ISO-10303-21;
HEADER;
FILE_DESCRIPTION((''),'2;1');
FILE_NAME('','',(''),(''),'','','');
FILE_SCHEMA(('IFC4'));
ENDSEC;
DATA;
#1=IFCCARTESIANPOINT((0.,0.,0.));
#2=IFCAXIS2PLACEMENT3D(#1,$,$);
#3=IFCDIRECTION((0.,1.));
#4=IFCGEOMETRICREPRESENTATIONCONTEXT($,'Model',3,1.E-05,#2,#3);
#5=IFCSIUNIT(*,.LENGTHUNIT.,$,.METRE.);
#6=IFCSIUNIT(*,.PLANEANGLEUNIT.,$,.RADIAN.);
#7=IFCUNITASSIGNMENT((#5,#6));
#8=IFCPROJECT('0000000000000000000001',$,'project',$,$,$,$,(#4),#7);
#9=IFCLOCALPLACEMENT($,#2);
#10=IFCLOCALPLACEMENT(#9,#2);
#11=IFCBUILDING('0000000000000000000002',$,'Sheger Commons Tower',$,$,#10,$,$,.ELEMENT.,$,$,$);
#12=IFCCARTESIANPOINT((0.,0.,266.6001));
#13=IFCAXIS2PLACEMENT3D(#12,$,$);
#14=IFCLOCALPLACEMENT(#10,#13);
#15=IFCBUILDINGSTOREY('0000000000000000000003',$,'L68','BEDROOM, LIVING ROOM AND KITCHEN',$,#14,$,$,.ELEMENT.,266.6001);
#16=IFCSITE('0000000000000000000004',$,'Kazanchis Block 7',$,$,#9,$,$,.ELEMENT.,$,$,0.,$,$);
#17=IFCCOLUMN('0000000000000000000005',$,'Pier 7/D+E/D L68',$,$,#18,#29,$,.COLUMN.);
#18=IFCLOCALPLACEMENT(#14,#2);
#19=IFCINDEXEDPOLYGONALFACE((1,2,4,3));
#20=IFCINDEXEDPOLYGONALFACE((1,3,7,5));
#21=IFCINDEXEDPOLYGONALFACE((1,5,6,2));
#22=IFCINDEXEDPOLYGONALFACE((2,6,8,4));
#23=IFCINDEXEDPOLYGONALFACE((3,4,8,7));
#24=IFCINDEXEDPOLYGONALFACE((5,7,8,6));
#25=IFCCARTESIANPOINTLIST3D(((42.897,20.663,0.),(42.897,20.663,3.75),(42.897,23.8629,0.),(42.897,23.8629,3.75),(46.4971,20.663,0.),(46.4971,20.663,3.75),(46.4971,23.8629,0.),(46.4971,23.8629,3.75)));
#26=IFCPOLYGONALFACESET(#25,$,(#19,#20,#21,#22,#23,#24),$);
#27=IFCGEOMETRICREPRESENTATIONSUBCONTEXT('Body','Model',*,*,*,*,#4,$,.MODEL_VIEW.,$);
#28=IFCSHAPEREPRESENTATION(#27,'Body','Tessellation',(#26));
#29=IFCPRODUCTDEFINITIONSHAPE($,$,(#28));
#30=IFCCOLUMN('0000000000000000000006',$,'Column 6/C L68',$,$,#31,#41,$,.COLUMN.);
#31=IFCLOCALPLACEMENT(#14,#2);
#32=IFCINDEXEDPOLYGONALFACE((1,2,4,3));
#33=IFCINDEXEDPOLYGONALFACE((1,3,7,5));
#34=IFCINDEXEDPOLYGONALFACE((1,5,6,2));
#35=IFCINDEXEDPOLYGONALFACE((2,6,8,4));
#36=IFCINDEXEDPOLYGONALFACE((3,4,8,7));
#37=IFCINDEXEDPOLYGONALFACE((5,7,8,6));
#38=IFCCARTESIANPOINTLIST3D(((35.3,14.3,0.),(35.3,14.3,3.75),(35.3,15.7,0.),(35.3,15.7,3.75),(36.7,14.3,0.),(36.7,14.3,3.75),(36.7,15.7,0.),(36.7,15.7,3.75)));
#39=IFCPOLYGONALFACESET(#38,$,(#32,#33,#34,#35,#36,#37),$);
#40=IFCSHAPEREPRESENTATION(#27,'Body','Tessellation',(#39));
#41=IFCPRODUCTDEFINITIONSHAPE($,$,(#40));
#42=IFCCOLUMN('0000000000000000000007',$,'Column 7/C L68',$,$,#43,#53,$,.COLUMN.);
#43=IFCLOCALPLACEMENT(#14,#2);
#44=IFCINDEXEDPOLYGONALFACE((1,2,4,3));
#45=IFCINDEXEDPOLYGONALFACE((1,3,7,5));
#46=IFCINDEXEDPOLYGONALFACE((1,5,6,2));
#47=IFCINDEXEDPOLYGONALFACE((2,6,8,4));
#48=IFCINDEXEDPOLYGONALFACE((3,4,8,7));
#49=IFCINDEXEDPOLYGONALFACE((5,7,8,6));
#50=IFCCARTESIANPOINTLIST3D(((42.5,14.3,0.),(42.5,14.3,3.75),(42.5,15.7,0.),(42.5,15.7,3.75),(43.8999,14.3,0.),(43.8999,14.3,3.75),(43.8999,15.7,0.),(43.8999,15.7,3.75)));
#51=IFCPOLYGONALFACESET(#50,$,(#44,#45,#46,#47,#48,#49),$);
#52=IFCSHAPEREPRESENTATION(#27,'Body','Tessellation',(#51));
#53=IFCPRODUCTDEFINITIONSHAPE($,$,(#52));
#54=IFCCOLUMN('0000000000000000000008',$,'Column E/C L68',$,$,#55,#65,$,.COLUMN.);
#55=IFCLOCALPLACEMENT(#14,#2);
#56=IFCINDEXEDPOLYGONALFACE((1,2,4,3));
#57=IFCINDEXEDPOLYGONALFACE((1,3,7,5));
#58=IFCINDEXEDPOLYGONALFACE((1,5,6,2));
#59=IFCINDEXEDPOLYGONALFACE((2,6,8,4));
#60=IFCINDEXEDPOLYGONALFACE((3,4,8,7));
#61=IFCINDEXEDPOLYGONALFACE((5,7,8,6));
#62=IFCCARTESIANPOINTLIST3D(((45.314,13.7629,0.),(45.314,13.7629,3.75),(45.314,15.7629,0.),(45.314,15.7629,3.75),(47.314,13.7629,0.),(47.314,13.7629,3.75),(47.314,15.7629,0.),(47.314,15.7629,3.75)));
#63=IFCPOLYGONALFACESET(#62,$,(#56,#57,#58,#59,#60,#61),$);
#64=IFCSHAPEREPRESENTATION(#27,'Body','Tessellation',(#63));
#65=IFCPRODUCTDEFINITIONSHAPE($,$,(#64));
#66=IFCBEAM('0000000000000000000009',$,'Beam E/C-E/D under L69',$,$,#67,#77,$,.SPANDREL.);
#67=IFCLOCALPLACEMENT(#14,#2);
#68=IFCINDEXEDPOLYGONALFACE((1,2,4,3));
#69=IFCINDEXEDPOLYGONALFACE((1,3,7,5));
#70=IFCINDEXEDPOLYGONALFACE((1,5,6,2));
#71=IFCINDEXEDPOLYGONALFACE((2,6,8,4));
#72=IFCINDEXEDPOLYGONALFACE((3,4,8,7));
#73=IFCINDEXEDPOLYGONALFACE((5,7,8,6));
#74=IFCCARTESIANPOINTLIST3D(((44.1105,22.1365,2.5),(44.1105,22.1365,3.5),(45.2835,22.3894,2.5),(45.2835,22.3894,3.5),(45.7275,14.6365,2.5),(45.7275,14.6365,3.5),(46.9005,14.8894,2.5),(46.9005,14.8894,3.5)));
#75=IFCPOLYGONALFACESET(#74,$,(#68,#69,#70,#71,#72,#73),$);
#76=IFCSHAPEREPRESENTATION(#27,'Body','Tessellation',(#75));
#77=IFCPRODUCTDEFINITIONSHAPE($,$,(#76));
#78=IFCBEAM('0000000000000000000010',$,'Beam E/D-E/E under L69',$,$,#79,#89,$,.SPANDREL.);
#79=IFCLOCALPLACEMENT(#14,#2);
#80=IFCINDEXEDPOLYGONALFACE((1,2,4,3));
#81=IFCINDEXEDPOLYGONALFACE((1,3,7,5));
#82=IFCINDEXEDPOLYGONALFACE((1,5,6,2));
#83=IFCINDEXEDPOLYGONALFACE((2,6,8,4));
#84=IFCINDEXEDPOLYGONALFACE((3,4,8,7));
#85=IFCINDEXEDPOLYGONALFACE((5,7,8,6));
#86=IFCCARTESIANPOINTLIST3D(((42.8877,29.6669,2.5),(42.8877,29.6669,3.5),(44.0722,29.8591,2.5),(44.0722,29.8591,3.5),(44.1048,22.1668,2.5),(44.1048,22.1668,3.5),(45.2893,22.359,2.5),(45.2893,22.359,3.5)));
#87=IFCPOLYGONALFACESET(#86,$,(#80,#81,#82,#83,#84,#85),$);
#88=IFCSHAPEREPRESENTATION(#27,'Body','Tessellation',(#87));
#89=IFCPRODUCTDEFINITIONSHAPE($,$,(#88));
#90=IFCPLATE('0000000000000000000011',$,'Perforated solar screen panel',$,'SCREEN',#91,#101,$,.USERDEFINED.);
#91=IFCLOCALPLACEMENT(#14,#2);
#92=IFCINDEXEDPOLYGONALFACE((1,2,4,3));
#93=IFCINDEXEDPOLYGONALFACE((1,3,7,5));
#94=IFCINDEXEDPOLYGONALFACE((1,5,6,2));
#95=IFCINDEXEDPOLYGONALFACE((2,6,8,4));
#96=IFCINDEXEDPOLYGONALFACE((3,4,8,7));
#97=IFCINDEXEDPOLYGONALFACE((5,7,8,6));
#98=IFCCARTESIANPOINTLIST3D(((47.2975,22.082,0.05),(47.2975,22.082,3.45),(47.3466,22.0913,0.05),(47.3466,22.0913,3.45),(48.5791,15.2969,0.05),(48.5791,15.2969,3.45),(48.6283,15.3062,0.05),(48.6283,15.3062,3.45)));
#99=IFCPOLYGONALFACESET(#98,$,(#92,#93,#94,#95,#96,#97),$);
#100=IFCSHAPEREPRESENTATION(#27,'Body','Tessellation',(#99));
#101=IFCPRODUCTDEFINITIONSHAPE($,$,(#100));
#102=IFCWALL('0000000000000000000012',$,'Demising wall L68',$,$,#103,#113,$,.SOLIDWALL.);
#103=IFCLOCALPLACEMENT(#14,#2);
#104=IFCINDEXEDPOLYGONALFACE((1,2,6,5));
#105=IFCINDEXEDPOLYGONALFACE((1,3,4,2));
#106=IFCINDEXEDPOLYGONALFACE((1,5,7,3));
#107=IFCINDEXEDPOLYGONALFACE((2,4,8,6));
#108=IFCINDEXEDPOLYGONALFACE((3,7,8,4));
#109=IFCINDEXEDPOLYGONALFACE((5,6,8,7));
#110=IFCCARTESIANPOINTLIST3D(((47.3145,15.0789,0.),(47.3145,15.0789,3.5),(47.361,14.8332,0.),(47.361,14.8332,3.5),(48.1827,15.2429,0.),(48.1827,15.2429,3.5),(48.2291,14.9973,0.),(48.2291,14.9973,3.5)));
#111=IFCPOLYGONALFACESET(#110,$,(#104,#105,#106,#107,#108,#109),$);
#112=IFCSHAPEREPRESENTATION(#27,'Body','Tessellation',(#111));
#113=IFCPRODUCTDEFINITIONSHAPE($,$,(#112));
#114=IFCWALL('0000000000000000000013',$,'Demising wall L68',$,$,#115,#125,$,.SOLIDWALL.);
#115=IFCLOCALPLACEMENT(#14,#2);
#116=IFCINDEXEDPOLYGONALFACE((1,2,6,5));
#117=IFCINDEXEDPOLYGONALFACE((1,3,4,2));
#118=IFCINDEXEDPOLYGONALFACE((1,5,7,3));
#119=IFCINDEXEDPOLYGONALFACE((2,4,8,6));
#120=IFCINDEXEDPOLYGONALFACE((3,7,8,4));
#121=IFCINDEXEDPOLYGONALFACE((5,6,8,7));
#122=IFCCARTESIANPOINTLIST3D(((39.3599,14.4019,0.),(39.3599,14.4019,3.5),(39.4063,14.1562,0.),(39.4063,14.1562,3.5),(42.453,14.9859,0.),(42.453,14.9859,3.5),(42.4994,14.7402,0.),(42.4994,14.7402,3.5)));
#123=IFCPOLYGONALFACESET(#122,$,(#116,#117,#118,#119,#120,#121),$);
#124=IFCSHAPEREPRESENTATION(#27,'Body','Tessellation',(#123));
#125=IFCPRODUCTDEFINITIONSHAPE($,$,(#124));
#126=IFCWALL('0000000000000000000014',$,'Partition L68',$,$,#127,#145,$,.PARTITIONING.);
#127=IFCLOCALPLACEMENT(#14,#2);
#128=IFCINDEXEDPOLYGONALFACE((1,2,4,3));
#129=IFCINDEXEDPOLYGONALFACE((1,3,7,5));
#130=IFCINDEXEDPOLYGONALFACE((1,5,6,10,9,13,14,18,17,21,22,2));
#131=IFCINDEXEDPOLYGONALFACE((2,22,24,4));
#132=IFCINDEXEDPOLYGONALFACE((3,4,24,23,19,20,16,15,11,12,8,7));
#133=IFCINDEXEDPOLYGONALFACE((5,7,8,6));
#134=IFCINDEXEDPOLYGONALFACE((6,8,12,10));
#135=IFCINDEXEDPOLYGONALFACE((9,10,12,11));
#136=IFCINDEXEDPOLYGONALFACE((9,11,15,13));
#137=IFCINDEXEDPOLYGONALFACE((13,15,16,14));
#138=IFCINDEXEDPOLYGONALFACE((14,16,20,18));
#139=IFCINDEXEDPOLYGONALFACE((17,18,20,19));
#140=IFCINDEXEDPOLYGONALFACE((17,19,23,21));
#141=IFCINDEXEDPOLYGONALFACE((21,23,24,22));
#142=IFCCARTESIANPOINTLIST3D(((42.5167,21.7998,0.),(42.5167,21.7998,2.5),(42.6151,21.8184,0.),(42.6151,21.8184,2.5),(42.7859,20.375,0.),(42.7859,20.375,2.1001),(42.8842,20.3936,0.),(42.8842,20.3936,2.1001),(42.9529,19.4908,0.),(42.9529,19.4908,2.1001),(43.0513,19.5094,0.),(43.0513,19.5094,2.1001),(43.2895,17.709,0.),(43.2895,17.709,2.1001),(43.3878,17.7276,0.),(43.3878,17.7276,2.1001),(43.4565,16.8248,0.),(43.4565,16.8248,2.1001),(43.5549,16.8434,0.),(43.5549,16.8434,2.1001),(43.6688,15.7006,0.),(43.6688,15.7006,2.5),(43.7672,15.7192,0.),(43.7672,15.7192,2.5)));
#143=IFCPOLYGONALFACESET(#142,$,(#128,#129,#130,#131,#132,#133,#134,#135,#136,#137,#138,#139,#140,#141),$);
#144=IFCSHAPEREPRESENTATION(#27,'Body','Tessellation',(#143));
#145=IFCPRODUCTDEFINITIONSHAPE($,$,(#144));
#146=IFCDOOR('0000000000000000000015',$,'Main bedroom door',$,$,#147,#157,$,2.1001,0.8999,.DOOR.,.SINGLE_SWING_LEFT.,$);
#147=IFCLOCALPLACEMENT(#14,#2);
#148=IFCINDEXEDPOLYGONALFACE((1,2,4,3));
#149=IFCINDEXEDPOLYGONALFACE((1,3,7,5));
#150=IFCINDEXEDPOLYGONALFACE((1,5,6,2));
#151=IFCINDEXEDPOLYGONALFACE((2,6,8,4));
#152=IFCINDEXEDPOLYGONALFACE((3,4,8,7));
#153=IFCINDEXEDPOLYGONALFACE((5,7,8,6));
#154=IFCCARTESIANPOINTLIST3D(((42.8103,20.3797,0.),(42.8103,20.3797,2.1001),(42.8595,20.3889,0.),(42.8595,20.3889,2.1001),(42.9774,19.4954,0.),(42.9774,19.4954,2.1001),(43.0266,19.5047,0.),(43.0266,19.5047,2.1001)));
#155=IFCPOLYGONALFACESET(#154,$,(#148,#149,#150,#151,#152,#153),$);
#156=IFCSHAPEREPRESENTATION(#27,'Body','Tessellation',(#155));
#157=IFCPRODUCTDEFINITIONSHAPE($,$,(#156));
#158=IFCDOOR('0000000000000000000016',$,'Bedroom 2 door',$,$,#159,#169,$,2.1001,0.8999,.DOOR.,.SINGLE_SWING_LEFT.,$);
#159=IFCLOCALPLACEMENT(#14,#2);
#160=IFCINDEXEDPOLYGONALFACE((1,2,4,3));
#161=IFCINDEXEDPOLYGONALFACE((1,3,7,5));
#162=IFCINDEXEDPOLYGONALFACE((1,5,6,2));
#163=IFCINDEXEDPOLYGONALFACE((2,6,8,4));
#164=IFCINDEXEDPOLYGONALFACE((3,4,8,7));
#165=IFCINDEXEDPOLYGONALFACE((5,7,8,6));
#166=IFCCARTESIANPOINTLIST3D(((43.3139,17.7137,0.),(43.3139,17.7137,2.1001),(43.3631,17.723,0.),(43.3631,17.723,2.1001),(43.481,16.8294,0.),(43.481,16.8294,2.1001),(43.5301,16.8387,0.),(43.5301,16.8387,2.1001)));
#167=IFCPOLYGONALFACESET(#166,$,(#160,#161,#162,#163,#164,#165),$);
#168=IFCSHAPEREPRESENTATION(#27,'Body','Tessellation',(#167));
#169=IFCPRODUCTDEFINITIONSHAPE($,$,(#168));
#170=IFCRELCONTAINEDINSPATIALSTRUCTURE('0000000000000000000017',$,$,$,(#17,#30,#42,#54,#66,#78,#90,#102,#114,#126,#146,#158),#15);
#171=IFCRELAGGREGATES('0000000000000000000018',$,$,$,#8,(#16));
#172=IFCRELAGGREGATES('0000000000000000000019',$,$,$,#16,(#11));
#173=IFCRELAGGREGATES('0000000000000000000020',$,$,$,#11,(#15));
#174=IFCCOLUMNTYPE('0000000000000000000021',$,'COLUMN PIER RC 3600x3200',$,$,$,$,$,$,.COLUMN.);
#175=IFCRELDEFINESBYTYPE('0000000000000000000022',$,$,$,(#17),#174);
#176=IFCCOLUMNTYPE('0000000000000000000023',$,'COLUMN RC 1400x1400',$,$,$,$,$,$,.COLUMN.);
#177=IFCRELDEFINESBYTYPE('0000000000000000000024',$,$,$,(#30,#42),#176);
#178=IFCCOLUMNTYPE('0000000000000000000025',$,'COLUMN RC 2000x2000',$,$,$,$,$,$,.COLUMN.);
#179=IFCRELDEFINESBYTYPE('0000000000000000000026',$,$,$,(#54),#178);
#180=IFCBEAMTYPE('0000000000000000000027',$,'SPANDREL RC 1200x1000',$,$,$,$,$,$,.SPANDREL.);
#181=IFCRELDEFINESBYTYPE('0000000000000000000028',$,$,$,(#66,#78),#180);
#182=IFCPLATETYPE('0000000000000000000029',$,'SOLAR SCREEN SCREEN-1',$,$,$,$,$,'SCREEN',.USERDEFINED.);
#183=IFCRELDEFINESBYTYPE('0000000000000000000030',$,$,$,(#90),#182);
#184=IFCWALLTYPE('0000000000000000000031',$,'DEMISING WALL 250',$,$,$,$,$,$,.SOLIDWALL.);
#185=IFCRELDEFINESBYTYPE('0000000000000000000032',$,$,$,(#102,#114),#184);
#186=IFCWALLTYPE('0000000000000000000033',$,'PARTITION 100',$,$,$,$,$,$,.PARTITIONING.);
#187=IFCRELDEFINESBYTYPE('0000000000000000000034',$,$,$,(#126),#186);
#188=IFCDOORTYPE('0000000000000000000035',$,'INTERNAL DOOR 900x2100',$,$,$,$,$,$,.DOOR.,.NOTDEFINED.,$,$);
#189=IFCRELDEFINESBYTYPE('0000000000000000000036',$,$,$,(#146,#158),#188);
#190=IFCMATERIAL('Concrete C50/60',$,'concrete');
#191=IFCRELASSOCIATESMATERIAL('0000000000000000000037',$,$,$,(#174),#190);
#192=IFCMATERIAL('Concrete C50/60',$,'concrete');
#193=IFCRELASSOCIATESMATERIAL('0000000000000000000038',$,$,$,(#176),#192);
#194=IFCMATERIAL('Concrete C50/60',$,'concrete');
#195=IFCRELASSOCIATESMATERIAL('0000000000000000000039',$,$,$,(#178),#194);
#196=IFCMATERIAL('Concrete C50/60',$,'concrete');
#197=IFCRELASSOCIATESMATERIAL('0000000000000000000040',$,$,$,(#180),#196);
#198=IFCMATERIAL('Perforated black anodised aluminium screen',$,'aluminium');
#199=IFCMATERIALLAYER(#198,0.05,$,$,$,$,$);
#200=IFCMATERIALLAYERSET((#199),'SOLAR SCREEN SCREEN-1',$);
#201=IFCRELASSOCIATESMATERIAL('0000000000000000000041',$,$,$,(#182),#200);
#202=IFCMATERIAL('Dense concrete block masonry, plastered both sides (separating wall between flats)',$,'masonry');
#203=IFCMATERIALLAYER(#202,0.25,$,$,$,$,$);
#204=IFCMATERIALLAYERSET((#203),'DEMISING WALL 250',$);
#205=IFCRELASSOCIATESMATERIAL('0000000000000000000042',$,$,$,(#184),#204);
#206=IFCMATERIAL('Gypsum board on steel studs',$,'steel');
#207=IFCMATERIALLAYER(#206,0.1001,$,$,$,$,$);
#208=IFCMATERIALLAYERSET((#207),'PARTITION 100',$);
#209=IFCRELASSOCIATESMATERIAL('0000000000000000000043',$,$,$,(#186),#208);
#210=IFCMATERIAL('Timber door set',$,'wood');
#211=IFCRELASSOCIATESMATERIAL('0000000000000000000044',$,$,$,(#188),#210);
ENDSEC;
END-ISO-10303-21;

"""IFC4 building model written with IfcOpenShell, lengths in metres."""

from ifc_helpers import new_model, si_unit, direction, frame, frame_2d, origin, origin_2d, place, context, subcontext, project, spatial, rectangle, extrude, material, layer, layer_set, material_profile, profile_set, type_object, element, fill, save


model = new_model("IFC4")

# Units and contexts
model_context = context("Model", 3, precision=1e-05, world=origin(), true_north=direction((0.0, 1.0)))
body_context = subcontext(model_context, "Body", "Model", "MODEL_VIEW")
ifc_project = project(units=[si_unit("LENGTHUNIT", "METRE"), si_unit("PLANEANGLEUNIT", "RADIAN")], contexts=[model_context])

# Site, building, storey
site_placement = place(None, origin())
site = spatial("IfcSite", under=ifc_project, at=site_placement, Name="Kazanchis Block 7", CompositionType="ELEMENT", RefElevation=0.0)
building_placement = place(site_placement, origin())
building = spatial("IfcBuilding", under=site, at=building_placement, Name="Sheger Commons Tower", CompositionType="ELEMENT")
storey_placement = place(building_placement, frame((0.0, 0.0, 266.6001)))
storey = spatial("IfcBuildingStorey", under=building, at=storey_placement, Name="L68", Description="BEDROOM, LIVING ROOM AND KITCHEN", CompositionType="ELEMENT", Elevation=266.6001)

# Columns
ifc_material_1 = material(Name="Concrete C50/60", Category="concrete")
ifc_material_profile_1 = material_profile(ifc_material_1, rectangle(XDim=3.6001, YDim=3.2, at=origin_2d()), Name="RC 3600x3200")
ifc_profile_set_1 = profile_set([ifc_material_profile_1], Name="Concrete C50/60")
column_type_1 = type_object("IfcColumnType", Name="COLUMN PIER RC 3600x3200", PredefinedType="COLUMN", material=ifc_profile_set_1)
column_1_placement = place(storey_placement, frame((44.697, 22.2629, 0.0), z_axis=(0.0, 0.0, 1.0), x_axis=(1.0, 0.0, 0.0)))
element("IfcColumn", 1, at=column_1_placement, inside=storey, type_object=column_type_1, Name="Pier 7/D+E/D L68", PredefinedType="COLUMN", context=body_context, shape_type="SweptSolid", body=[
    extrude(rectangle(XDim=3.6001, YDim=3.2, at=origin_2d()), origin(), (0.0, 0.0, 1.0), 3.75),
])
ifc_material_2 = material(Name="Concrete C50/60", Category="concrete")
ifc_material_profile_2 = material_profile(ifc_material_2, rectangle(XDim=1.3999, YDim=1.3999, at=origin_2d()), Name="RC 1400x1400")
ifc_profile_set_2 = profile_set([ifc_material_profile_2], Name="Concrete C50/60")
column_type_2 = type_object("IfcColumnType", Name="COLUMN RC 1400x1400", PredefinedType="COLUMN", material=ifc_profile_set_2)
for number, where, z_axis, x_axis, name in (
    (2, (36.0, 15.0, 0.0), (0.0, 0.0, 1.0), (1.0, 0.0, 0.0), "Column 6/C L68"),
    (3, (43.2, 15.0, 0.0), (0.0, 0.0, 1.0), (1.0, 0.0, 0.0), "Column 7/C L68"),
):
    element("IfcColumn", number, at=place(storey_placement, frame(where, z_axis=z_axis, x_axis=x_axis)), inside=storey, type_object=column_type_2, Name=name, PredefinedType="COLUMN", context=body_context, shape_type="SweptSolid", body=[
        extrude(rectangle(XDim=1.3999, YDim=1.3999, at=origin_2d()), origin(), (0.0, 0.0, 1.0), 3.75),
    ])
ifc_material_3 = material(Name="Concrete C50/60", Category="concrete")
ifc_material_profile_3 = material_profile(ifc_material_3, rectangle(XDim=2.0, YDim=2.0, at=origin_2d()), Name="RC 2000x2000")
ifc_profile_set_3 = profile_set([ifc_material_profile_3], Name="Concrete C50/60")
column_type_3 = type_object("IfcColumnType", Name="COLUMN RC 2000x2000", PredefinedType="COLUMN", material=ifc_profile_set_3)
column_2_placement = place(storey_placement, frame((46.314, 14.7629, 0.0), z_axis=(0.0, 0.0, 1.0), x_axis=(1.0, 0.0, 0.0)))
element("IfcColumn", 4, at=column_2_placement, inside=storey, type_object=column_type_3, Name="Column E/C L68", PredefinedType="COLUMN", context=body_context, shape_type="SweptSolid", body=[
    extrude(rectangle(XDim=2.0, YDim=2.0, at=origin_2d()), origin(), (0.0, 0.0, 1.0), 3.75),
])

# Beams
ifc_material_4 = material(Name="Concrete C50/60", Category="concrete")
ifc_material_profile_4 = material_profile(ifc_material_4, rectangle(XDim=1.2, YDim=1.0, at=origin_2d()), Name="RC 1200x1000")
ifc_profile_set_4 = profile_set([ifc_material_profile_4], Name="Concrete C50/60")
beam_type = type_object("IfcBeamType", Name="SPANDREL RC 1200x1000", PredefinedType="SPANDREL", material=ifc_profile_set_4)
beam_1_placement = place(storey_placement, frame((46.314, 14.7629, 3.0), z_axis=(-0.21075, 0.97754, 0.0), x_axis=(-0.97754, -0.21075, 0.0)))
element("IfcBeam", 5, at=beam_1_placement, inside=storey, type_object=beam_type, Name="Beam E/C-E/D under L69", PredefinedType="SPANDREL", context=body_context, shape_type="SweptSolid", body=[
    extrude(rectangle(XDim=1.2, YDim=1.0, at=origin_2d()), origin(), (0.0, 0.0, 1.0), 7.6724),
])
beam_2_placement = place(storey_placement, frame((44.697, 22.2629, 3.0), z_axis=(-0.160177, 0.987088, 0.0), x_axis=(-0.987088, -0.160177, 0.0)))
element("IfcBeam", 6, at=beam_2_placement, inside=storey, type_object=beam_type, Name="Beam E/D-E/E under L69", PredefinedType="SPANDREL", context=body_context, shape_type="SweptSolid", body=[
    extrude(rectangle(XDim=1.2, YDim=1.0, at=origin_2d()), origin(), (0.0, 0.0, 1.0), 7.5981),
])

# Plate
ifc_material_5 = material(Name="Perforated black anodised aluminium screen", Category="aluminium")
ifc_layer_1 = layer(ifc_material_5, 0.05)
ifc_layer_set_1 = layer_set([ifc_layer_1], Name="SOLAR SCREEN SCREEN-1")
plate_type = type_object("IfcPlateType", Name="SOLAR SCREEN SCREEN-1", ElementType="SCREEN", PredefinedType="USERDEFINED", material=ifc_layer_set_1)
plate_placement = place(storey_placement, frame((47.9629, 18.6941, 0.05), z_axis=(0.0, 0.0, 1.0), x_axis=(-0.185615, 0.982623, 0.0)))
element("IfcPlate", 7, at=plate_placement, inside=storey, type_object=plate_type, Name="Perforated solar screen panel", ObjectType="SCREEN", PredefinedType="USERDEFINED", context=body_context, shape_type="SweptSolid", body=[
    extrude(rectangle(XDim=6.905, YDim=0.05, at=origin_2d()), origin(), (0.0, 0.0, 1.0), 3.3999),
])

# Walls
ifc_material_6 = material(Name="Dense concrete block masonry, plastered both sides (separating wall between flats)", Category="masonry")
ifc_layer_2 = layer(ifc_material_6, 0.25)
ifc_layer_set_2 = layer_set([ifc_layer_2], Name="DEMISING WALL 250")
wall_type_1 = type_object("IfcWallType", Name="DEMISING WALL 250", PredefinedType="SOLIDWALL", material=ifc_layer_set_2)
wall_1_placement = place(storey_placement, frame((48.2061, 15.1201, 0.0), z_axis=(0.0, 0.0, 1.0), x_axis=(-0.982608, -0.18569, 0.0)))
element("IfcWall", 8, at=wall_1_placement, inside=storey, type_object=wall_type_1, Name="Demising wall L68", PredefinedType="SOLIDWALL", context=body_context, shape_type="SweptSolid", body=[
    extrude(rectangle(XDim=0.8835, YDim=0.25, at=frame_2d((0.4419, 0.0))), origin(), (0.0, 0.0, 1.0), 3.5),
])
wall_2_placement = place(storey_placement, frame((42.4761, 14.863, 0.0), z_axis=(0.0, 0.0, 1.0), x_axis=(-0.982639, -0.185529, 0.0)))
element("IfcWall", 9, at=wall_2_placement, inside=storey, type_object=wall_type_1, Name="Demising wall L68", PredefinedType="SOLIDWALL", context=body_context, shape_type="SweptSolid", body=[
    extrude(rectangle(XDim=3.1477, YDim=0.25, at=frame_2d((1.5737, 0.0))), origin(), (0.0, 0.0, 1.0), 3.5),
])

# Wall, openings, doors
ifc_material_7 = material(Name="Gypsum board on steel studs", Category="steel")
ifc_layer_3 = layer(ifc_material_7, 0.1001)
ifc_layer_set_3 = layer_set([ifc_layer_3], Name="PARTITION 100")
wall_type_2 = type_object("IfcWallType", Name="PARTITION 100", PredefinedType="PARTITIONING", material=ifc_layer_set_3)
wall_3_placement = place(storey_placement, frame((42.5659, 21.8091, 0.0), z_axis=(0.0, 0.0, 1.0), x_axis=(0.185614, -0.982623, 0.0)))
wall_3 = element("IfcWall", 10, at=wall_3_placement, inside=storey, type_object=wall_type_2, Name="Partition L68", PredefinedType="PARTITIONING", context=body_context, shape_type="SweptSolid", body=[
    extrude(rectangle(XDim=6.207, YDim=0.1001, at=frame_2d((3.1035, 0.0))), origin(), (0.0, 0.0, 1.0), 2.5),
])
opening_1_placement = place(wall_3_placement, frame((1.45, 0.0, 0.0)))
opening_1 = element("IfcOpeningElement", 11, at=opening_1_placement, cuts=wall_3, PredefinedType="OPENING", context=body_context, shape_type="SweptSolid", body=[
    extrude(rectangle(XDim=0.8999, YDim=2.1001, at=frame_2d((0.45, 1.05))), frame((0.0, 0.0601, 0.0), z_axis=(0.0, -1.0, 0.0), x_axis=(1.0, 0.0, 0.0)), (0.0, 0.0, 1.0), 0.1201),
])
opening_2_placement = place(wall_3_placement, frame((4.1631, 0.0, 0.0)))
opening_2 = element("IfcOpeningElement", 12, at=opening_2_placement, cuts=wall_3, PredefinedType="OPENING", context=body_context, shape_type="SweptSolid", body=[
    extrude(rectangle(XDim=0.8999, YDim=2.1001, at=frame_2d((0.45, 1.05))), frame((0.0, 0.0601, 0.0), z_axis=(0.0, -1.0, 0.0), x_axis=(1.0, 0.0, 0.0)), (0.0, 0.0, 1.0), 0.1201),
])
ifc_material_8 = material(Name="Timber door set", Category="wood")
door_type = type_object("IfcDoorType", Name="INTERNAL DOOR 900x2100", OperationType="NOTDEFINED", PredefinedType="DOOR", material=ifc_material_8)
door_1_placement = place(opening_1_placement, origin())
door_1 = element("IfcDoor", 13, at=door_1_placement, inside=storey, type_object=door_type, Name="Main bedroom door", OperationType="SINGLE_SWING_LEFT", OverallHeight=2.1001, OverallWidth=0.8999, PredefinedType="DOOR", context=body_context, shape_type="SweptSolid", body=[
    extrude(rectangle(XDim=0.8999, YDim=2.1001, at=frame_2d((0.45, 1.05))), frame((0.0, 0.0249, 0.0), z_axis=(0.0, -1.0, 0.0), x_axis=(1.0, 0.0, 0.0)), (0.0, 0.0, 1.0), 0.05),
])
fill(opening_1, door_1)
door_2_placement = place(opening_2_placement, origin())
door_2 = element("IfcDoor", 14, at=door_2_placement, inside=storey, type_object=door_type, Name="Bedroom 2 door", OperationType="SINGLE_SWING_LEFT", OverallHeight=2.1001, OverallWidth=0.8999, PredefinedType="DOOR", context=body_context, shape_type="SweptSolid", body=[
    extrude(rectangle(XDim=0.8999, YDim=2.1001, at=frame_2d((0.45, 1.05))), frame((0.0, 0.0249, 0.0), z_axis=(0.0, -1.0, 0.0), x_axis=(1.0, 0.0, 0.0)), (0.0, 0.0, 1.0), 0.05),
])
fill(opening_2, door_2)

save(model, "model.ifc")
